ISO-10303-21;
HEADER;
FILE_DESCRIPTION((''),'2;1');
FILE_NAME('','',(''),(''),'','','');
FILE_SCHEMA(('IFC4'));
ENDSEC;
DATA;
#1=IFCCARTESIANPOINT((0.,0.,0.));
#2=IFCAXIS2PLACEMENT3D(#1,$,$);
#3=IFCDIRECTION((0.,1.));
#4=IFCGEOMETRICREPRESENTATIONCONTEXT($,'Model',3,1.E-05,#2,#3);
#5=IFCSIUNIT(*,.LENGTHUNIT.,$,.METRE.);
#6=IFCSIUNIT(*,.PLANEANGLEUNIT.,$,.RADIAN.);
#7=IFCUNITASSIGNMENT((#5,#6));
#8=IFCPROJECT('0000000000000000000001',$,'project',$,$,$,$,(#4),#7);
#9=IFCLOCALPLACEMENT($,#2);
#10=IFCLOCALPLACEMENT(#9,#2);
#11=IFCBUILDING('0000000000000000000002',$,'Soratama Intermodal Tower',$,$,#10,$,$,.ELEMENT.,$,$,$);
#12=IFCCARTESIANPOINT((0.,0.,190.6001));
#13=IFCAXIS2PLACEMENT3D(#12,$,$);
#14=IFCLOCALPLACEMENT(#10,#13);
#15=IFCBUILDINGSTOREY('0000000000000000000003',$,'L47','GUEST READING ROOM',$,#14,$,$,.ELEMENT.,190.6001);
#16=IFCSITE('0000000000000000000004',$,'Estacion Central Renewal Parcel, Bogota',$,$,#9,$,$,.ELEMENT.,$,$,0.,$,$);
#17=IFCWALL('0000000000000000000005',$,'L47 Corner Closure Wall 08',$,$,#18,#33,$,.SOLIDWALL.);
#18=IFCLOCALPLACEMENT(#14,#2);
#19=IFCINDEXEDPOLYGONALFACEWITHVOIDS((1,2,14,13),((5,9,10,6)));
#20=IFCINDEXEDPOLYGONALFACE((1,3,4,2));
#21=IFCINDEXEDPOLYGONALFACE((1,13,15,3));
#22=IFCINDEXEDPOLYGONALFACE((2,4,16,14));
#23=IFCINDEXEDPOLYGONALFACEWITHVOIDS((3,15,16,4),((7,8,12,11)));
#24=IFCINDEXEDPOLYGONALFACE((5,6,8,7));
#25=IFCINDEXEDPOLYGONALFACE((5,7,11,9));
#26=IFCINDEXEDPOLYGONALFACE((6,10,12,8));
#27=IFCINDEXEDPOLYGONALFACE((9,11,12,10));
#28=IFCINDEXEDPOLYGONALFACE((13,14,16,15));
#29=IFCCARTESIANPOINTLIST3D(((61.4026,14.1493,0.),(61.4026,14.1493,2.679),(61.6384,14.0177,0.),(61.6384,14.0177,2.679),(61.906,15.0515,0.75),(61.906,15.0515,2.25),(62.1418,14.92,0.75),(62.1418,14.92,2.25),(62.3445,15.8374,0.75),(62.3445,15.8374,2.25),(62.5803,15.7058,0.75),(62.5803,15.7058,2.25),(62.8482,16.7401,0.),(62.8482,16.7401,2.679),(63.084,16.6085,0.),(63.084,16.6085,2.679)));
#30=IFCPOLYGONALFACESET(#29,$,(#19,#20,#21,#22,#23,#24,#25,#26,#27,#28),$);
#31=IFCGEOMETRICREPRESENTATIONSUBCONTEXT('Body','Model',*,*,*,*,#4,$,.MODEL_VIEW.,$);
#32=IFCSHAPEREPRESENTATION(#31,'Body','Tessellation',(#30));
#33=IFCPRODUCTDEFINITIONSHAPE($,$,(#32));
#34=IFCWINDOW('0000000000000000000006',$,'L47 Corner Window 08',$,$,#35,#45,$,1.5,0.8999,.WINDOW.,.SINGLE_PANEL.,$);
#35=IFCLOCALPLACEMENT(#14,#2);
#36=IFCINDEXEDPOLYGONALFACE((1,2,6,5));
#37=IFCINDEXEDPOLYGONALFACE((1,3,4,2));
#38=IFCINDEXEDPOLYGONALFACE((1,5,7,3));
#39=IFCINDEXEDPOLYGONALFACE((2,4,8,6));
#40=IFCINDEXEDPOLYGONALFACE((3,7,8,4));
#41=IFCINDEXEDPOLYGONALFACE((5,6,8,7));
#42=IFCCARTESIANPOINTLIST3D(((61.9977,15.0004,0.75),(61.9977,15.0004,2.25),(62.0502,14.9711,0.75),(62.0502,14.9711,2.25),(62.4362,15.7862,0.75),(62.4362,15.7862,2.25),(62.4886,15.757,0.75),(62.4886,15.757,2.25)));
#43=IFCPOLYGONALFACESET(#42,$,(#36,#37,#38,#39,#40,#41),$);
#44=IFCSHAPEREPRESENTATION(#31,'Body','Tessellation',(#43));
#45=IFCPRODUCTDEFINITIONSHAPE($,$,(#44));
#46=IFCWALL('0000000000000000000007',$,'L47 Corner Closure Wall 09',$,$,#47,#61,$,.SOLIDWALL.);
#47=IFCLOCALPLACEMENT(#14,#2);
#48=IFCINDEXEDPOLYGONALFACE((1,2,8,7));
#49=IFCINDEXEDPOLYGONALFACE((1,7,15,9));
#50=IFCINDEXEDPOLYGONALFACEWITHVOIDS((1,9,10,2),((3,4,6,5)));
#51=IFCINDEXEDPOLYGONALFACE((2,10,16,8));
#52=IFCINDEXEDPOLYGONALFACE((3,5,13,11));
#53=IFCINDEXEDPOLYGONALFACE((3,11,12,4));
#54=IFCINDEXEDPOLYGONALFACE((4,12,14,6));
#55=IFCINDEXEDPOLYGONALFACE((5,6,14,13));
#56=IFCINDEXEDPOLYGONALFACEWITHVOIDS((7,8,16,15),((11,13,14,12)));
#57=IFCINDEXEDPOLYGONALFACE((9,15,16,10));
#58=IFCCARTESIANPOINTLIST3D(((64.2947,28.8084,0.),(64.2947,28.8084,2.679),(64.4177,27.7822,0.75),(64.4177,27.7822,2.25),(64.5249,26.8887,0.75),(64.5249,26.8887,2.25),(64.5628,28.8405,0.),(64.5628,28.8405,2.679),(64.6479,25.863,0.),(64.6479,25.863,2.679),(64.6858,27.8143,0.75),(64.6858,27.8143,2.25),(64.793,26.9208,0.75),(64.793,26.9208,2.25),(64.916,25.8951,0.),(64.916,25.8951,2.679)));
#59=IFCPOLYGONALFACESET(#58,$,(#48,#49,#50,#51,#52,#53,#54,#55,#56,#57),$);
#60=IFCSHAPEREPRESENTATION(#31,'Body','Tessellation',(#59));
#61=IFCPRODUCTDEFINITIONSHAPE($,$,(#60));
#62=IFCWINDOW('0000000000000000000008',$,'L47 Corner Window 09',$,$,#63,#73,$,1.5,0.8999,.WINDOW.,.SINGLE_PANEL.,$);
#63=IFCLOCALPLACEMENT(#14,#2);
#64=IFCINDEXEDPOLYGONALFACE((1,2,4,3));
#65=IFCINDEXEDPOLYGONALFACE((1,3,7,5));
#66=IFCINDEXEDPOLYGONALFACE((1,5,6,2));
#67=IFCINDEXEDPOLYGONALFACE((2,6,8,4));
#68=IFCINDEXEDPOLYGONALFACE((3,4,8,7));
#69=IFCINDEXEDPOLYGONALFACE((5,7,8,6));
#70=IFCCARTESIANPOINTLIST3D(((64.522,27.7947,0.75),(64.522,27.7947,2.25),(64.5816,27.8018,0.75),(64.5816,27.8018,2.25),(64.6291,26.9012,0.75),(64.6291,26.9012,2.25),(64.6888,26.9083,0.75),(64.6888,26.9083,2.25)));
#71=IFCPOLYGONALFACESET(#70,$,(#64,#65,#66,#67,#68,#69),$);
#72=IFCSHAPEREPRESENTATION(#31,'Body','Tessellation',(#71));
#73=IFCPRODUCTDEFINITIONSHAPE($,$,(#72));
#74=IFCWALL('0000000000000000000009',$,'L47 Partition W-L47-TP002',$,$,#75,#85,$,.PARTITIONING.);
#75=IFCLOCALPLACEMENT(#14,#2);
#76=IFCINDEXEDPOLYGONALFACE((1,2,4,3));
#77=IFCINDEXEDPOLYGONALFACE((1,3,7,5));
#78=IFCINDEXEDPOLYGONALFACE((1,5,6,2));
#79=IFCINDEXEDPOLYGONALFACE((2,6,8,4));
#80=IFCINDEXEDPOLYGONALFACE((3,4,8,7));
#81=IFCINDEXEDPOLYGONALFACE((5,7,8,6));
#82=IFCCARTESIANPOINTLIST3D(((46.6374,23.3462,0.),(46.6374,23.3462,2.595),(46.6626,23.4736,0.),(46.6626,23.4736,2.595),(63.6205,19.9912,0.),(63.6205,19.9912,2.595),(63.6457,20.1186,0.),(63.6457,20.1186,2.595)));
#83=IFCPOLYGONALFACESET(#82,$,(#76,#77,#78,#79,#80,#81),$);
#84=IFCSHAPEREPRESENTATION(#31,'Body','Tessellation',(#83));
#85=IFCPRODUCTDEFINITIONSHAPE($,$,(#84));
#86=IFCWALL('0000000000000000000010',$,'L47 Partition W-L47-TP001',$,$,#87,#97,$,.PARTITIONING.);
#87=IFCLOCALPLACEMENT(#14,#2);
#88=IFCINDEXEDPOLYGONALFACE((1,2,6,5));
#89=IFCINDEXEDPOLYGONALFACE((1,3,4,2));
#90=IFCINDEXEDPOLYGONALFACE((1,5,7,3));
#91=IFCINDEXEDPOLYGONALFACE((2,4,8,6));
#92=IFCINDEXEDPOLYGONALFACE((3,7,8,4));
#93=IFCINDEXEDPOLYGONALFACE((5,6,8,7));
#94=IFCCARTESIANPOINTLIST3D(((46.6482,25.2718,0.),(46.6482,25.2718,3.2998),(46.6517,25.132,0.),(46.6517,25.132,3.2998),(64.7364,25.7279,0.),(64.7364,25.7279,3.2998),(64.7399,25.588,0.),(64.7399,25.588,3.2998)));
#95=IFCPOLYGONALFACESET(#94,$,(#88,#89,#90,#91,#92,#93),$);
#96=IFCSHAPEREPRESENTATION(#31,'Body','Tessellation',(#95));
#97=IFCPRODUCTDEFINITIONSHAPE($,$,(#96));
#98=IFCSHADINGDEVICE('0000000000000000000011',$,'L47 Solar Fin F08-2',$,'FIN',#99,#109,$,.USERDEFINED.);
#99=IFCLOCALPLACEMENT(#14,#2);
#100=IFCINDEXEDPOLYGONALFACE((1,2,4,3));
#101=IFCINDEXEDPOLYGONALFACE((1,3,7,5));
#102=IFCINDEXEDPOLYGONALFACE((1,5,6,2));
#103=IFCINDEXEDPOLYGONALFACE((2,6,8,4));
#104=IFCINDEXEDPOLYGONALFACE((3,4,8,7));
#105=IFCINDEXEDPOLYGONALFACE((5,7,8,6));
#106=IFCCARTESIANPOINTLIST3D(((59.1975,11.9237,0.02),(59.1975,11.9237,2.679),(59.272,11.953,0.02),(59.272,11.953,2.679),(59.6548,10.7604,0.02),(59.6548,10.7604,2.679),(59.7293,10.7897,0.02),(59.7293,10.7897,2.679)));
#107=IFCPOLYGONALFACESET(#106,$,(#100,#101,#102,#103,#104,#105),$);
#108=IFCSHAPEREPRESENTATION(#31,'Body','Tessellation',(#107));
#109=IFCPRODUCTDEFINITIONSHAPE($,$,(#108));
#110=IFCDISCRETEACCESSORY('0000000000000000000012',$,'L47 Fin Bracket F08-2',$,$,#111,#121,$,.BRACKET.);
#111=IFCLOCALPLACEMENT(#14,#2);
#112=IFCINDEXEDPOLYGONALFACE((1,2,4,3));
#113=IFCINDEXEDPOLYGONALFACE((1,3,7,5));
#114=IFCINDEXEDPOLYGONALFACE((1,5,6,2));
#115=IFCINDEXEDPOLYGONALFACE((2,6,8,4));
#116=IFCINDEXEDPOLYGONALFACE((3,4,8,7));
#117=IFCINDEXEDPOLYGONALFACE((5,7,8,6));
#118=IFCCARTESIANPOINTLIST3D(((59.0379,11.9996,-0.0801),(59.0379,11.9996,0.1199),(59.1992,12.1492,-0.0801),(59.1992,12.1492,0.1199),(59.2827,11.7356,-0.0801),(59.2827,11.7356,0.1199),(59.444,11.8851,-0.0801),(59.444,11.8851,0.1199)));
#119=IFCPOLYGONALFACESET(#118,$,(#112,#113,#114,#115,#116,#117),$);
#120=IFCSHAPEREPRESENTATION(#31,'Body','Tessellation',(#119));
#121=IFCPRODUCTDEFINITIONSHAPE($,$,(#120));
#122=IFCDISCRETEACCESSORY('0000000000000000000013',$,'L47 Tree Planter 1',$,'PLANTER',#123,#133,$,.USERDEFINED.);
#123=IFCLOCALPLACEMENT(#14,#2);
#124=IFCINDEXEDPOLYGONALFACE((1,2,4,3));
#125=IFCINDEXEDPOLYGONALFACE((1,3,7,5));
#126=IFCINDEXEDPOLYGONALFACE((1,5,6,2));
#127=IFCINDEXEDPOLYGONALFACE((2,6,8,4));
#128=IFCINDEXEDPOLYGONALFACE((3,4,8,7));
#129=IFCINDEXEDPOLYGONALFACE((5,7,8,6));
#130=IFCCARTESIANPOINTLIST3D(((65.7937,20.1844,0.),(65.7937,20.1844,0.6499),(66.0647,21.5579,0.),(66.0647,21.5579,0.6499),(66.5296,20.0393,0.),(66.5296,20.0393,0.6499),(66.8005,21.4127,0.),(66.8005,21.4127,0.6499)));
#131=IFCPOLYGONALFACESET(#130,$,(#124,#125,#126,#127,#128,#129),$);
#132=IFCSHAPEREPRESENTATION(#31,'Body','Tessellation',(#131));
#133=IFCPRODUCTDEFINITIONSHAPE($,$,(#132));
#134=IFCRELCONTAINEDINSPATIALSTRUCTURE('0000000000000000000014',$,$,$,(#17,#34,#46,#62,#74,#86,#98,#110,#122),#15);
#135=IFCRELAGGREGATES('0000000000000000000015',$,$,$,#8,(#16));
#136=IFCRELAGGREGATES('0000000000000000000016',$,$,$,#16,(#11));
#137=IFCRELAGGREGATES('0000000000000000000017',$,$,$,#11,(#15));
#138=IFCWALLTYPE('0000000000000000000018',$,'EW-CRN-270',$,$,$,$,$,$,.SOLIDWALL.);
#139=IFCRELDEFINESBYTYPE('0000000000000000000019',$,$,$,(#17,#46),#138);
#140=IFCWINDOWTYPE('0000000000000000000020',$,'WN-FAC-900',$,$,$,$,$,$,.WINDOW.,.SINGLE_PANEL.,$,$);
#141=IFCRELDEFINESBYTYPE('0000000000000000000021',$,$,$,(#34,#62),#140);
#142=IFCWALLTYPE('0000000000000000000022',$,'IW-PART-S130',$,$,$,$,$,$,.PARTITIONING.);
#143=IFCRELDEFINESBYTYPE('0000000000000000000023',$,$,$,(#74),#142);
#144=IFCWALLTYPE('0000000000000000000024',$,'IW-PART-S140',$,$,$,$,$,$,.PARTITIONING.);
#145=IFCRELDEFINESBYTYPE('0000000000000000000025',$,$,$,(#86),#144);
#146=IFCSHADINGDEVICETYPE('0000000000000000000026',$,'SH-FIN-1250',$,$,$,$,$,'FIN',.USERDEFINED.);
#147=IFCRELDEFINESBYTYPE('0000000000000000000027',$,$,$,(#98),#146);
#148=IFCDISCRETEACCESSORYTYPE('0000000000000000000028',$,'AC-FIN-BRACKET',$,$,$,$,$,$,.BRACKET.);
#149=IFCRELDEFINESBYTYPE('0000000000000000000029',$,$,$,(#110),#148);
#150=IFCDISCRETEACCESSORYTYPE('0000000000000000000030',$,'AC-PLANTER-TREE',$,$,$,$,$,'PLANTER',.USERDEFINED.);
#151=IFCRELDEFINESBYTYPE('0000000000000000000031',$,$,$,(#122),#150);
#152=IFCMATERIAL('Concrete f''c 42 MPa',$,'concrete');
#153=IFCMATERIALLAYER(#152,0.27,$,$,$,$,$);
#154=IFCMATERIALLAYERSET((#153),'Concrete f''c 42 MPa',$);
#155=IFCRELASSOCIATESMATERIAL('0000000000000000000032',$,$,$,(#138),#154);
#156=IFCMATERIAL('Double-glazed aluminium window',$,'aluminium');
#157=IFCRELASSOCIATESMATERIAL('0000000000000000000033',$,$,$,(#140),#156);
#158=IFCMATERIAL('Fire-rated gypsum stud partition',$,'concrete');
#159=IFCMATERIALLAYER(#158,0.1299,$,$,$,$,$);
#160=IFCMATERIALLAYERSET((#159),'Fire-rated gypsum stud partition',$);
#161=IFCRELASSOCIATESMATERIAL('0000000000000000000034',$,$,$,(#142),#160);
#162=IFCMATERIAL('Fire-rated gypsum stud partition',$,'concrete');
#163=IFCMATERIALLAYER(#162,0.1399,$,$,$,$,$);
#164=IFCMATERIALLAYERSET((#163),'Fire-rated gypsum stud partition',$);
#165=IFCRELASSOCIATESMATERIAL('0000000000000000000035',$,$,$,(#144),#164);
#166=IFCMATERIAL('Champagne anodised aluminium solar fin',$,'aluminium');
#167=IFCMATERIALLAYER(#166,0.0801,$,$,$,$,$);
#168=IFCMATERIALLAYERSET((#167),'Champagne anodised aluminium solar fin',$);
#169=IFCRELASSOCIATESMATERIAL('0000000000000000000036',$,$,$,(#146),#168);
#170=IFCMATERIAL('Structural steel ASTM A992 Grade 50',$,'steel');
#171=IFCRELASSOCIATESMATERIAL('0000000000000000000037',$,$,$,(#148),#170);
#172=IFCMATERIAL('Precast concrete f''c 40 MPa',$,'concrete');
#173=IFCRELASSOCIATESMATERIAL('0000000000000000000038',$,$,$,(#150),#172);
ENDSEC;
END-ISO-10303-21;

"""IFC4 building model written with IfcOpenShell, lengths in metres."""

from ifc_helpers import new_model, si_unit, direction, frame, frame_2d, origin, origin_2d, place, context, subcontext, project, spatial, rectangle, extrude, material, layer, layer_set, type_object, element, fill, save


model = new_model("IFC4")

# Units and contexts
model_context = context("Model", 3, precision=1e-05, world=origin(), true_north=direction((0.0, 1.0)))
body_context = subcontext(model_context, "Body", "Model", "MODEL_VIEW")
ifc_project = project(units=[si_unit("LENGTHUNIT", "METRE"), si_unit("PLANEANGLEUNIT", "RADIAN")], contexts=[model_context])

# Site, building, storey
site_placement = place(None, origin())
site = spatial("IfcSite", under=ifc_project, at=site_placement, Name="Estacion Central Renewal Parcel, Bogota", CompositionType="ELEMENT", RefElevation=0.0)
building_placement = place(site_placement, origin())
building = spatial("IfcBuilding", under=site, at=building_placement, Name="Soratama Intermodal Tower", CompositionType="ELEMENT")
storey_placement = place(building_placement, frame((0.0, 0.0, 190.6001)))
storey = spatial("IfcBuildingStorey", under=building, at=storey_placement, Name="L47", Description="GUEST READING ROOM", CompositionType="ELEMENT", Elevation=190.6001)

# Walls, openings, windows
ifc_material_1 = material(Name="Concrete f'c 42 MPa", Category="concrete")
ifc_layer_1 = layer(ifc_material_1, 0.27)
ifc_layer_set_1 = layer_set([ifc_layer_1], Name="Concrete f'c 42 MPa")
wall_type_1 = type_object("IfcWallType", Name="EW-CRN-270", PredefinedType="SOLIDWALL", material=ifc_layer_set_1)
wall_1_placement = place(storey_placement, frame((61.5205, 14.0835, 0.0), z_axis=(0.0, 0.0, 1.0), x_axis=(0.487242, 0.873267, 0.0)))
wall_1 = element("IfcWall", 1, at=wall_1_placement, inside=storey, type_object=wall_type_1, Name="L47 Corner Closure Wall 08", PredefinedType="SOLIDWALL", context=body_context, shape_type="SweptSolid", body=[
    extrude(rectangle(XDim=2.9668, YDim=0.27, at=frame_2d((1.4834, 0.0))), origin(), (0.0, 0.0, 1.0), 2.679),
])
opening_1_placement = place(wall_1_placement, frame((1.0332, 0.0, 0.75)))
opening_1 = element("IfcOpeningElement", 2, at=opening_1_placement, cuts=wall_1, PredefinedType="OPENING", context=body_context, shape_type="SweptSolid", body=[
    extrude(rectangle(XDim=0.8999, YDim=1.5, at=frame_2d((0.45, 0.75))), frame((0.0, 0.145, 0.0), z_axis=(0.0, -1.0, 0.0), x_axis=(1.0, 0.0, 0.0)), (0.0, 0.0, 1.0), 0.29),
])
ifc_material_2 = material(Name="Double-glazed aluminium window", Category="aluminium")
window_type_1 = type_object("IfcWindowType", Name="WN-FAC-900", PartitioningType="SINGLE_PANEL", PredefinedType="WINDOW", material=ifc_material_2)
window_1_placement = place(opening_1_placement, origin())
window_1 = element("IfcWindow", 3, at=window_1_placement, inside=storey, type_object=window_type_1, Name="L47 Corner Window 08", OverallHeight=1.5, OverallWidth=0.8999, PartitioningType="SINGLE_PANEL", PredefinedType="WINDOW", context=body_context, shape_type="SweptSolid", body=[
    extrude(rectangle(XDim=0.8999, YDim=1.5, at=frame_2d((0.45, 0.75))), frame((0.0, 0.03, 0.0), z_axis=(0.0, -1.0, 0.0), x_axis=(1.0, 0.0, 0.0)), (0.0, 0.0, 1.0), 0.0601),
])
fill(opening_1, window_1)
wall_2_placement = place(storey_placement, frame((64.782, 25.8789, 0.0), z_axis=(0.0, 0.0, 1.0), x_axis=(-0.11908, 0.992885, 0.0)))
wall_2 = element("IfcWall", 4, at=wall_2_placement, inside=storey, type_object=wall_type_1, Name="L47 Corner Closure Wall 09", PredefinedType="SOLIDWALL", context=body_context, shape_type="SweptSolid", body=[
    extrude(rectangle(XDim=2.9666, YDim=0.27, at=frame_2d((1.4834, 0.0))), origin(), (0.0, 0.0, 1.0), 2.679),
])
opening_2_placement = place(wall_2_placement, frame((1.0332, 0.0, 0.75)))
opening_2 = element("IfcOpeningElement", 5, at=opening_2_placement, cuts=wall_2, PredefinedType="OPENING", context=body_context, shape_type="SweptSolid", body=[
    extrude(rectangle(XDim=0.8999, YDim=1.5, at=frame_2d((0.45, 0.75))), frame((0.0, 0.145, 0.0), z_axis=(0.0, -1.0, 0.0), x_axis=(1.0, 0.0, 0.0)), (0.0, 0.0, 1.0), 0.29),
])
window_2_placement = place(opening_2_placement, origin())
window_2 = element("IfcWindow", 6, at=window_2_placement, inside=storey, type_object=window_type_1, Name="L47 Corner Window 09", OverallHeight=1.5, OverallWidth=0.8999, PartitioningType="SINGLE_PANEL", PredefinedType="WINDOW", context=body_context, shape_type="SweptSolid", body=[
    extrude(rectangle(XDim=0.8999, YDim=1.5, at=frame_2d((0.45, 0.75))), frame((0.0, 0.03, 0.0), z_axis=(0.0, -1.0, 0.0), x_axis=(1.0, 0.0, 0.0)), (0.0, 0.0, 1.0), 0.0601),
])
fill(opening_2, window_2)

# Walls
ifc_material_3 = material(Name="Fire-rated gypsum stud partition", Category="concrete")
ifc_layer_2 = layer(ifc_material_3, 0.1299)
ifc_layer_set_2 = layer_set([ifc_layer_2], Name="Fire-rated gypsum stud partition")
wall_type_2 = type_object("IfcWallType", Name="IW-PART-S130", PredefinedType="PARTITIONING", material=ifc_layer_set_2)
wall_3_placement = place(storey_placement, frame((46.6499, 23.4099, 0.0), z_axis=(0.0, 0.0, 1.0), x_axis=(0.981041, -0.193802, 0.0)))
element("IfcWall", 7, at=wall_3_placement, inside=storey, type_object=wall_type_2, Name="L47 Partition W-L47-TP002", PredefinedType="PARTITIONING", context=body_context, shape_type="SweptSolid", body=[
    extrude(rectangle(XDim=17.3113, YDim=0.1299, at=frame_2d((8.6558, 0.0))), origin(), (0.0, 0.0, 1.0), 2.595),
])
ifc_material_4 = material(Name="Fire-rated gypsum stud partition", Category="concrete")
ifc_layer_3 = layer(ifc_material_4, 0.1399)
ifc_layer_set_3 = layer_set([ifc_layer_3], Name="Fire-rated gypsum stud partition")
wall_type_3 = type_object("IfcWallType", Name="IW-PART-S140", PredefinedType="PARTITIONING", material=ifc_layer_set_3)
wall_4_placement = place(storey_placement, frame((64.738, 25.658, 0.0), z_axis=(0.0, 0.0, 1.0), x_axis=(-0.999682, -0.025205, 0.0)))
element("IfcWall", 8, at=wall_4_placement, inside=storey, type_object=wall_type_3, Name="L47 Partition W-L47-TP001", PredefinedType="PARTITIONING", context=body_context, shape_type="SweptSolid", body=[
    extrude(rectangle(XDim=18.094, YDim=0.1399, at=frame_2d((9.0469, 0.0))), origin(), (0.0, 0.0, 1.0), 3.2998),
])

# Shading device
ifc_material_5 = material(Name="Champagne anodised aluminium solar fin", Category="aluminium")
ifc_layer_4 = layer(ifc_material_5, 0.0801)
ifc_layer_set_4 = layer_set([ifc_layer_4], Name="Champagne anodised aluminium solar fin")
shading_device_type = type_object("IfcShadingDeviceType", Name="SH-FIN-1250", ElementType="FIN", PredefinedType="USERDEFINED", material=ifc_layer_set_4)
shading_device_placement = place(storey_placement, frame((59.4634, 11.3567, 0.02), z_axis=(0.0, 0.0, 1.0), x_axis=(0.365852, -0.930673, 0.0)))
element("IfcShadingDevice", 9, at=shading_device_placement, inside=storey, type_object=shading_device_type, Name="L47 Solar Fin F08-2", ObjectType="FIN", PredefinedType="USERDEFINED", context=body_context, shape_type="SweptSolid", body=[
    extrude(rectangle(XDim=1.25, YDim=0.0801, at=origin_2d()), origin(), (0.0, 0.0, 1.0), 2.6589),
])

# Discrete accessories
ifc_material_6 = material(Name="Structural steel ASTM A992 Grade 50", Category="steel")
discrete_accessory_type_1 = type_object("IfcDiscreteAccessoryType", Name="AC-FIN-BRACKET", PredefinedType="BRACKET", material=ifc_material_6)
discrete_accessory_1_placement = place(storey_placement, frame((59.241, 11.9424, -0.0801), z_axis=(0.0, 0.0, 1.0), x_axis=(0.679953, -0.733255, 0.0)))
element("IfcDiscreteAccessory", 10, at=discrete_accessory_1_placement, inside=storey, type_object=discrete_accessory_type_1, Name="L47 Fin Bracket F08-2", PredefinedType="BRACKET", context=body_context, shape_type="SweptSolid", body=[
    extrude(rectangle(XDim=0.3601, YDim=0.22, at=origin_2d()), origin(), (0.0, 0.0, 1.0), 0.2),
])
ifc_material_7 = material(Name="Precast concrete f'c 40 MPa", Category="concrete")
discrete_accessory_type_2 = type_object("IfcDiscreteAccessoryType", Name="AC-PLANTER-TREE", ElementType="PLANTER", PredefinedType="USERDEFINED", material=ifc_material_7)
discrete_accessory_2_placement = place(storey_placement, frame((66.2971, 20.7986, 0.0), z_axis=(0.0, 0.0, 1.0), x_axis=(0.981091, -0.193549, 0.0)))
element("IfcDiscreteAccessory", 11, at=discrete_accessory_2_placement, inside=storey, type_object=discrete_accessory_type_2, Name="L47 Tree Planter 1", ObjectType="PLANTER", PredefinedType="USERDEFINED", context=body_context, shape_type="SweptSolid", body=[
    extrude(rectangle(XDim=0.75, YDim=1.3999, at=origin_2d()), origin(), (0.0, 0.0, 1.0), 0.6499),
])

save(model, "model.ifc")
